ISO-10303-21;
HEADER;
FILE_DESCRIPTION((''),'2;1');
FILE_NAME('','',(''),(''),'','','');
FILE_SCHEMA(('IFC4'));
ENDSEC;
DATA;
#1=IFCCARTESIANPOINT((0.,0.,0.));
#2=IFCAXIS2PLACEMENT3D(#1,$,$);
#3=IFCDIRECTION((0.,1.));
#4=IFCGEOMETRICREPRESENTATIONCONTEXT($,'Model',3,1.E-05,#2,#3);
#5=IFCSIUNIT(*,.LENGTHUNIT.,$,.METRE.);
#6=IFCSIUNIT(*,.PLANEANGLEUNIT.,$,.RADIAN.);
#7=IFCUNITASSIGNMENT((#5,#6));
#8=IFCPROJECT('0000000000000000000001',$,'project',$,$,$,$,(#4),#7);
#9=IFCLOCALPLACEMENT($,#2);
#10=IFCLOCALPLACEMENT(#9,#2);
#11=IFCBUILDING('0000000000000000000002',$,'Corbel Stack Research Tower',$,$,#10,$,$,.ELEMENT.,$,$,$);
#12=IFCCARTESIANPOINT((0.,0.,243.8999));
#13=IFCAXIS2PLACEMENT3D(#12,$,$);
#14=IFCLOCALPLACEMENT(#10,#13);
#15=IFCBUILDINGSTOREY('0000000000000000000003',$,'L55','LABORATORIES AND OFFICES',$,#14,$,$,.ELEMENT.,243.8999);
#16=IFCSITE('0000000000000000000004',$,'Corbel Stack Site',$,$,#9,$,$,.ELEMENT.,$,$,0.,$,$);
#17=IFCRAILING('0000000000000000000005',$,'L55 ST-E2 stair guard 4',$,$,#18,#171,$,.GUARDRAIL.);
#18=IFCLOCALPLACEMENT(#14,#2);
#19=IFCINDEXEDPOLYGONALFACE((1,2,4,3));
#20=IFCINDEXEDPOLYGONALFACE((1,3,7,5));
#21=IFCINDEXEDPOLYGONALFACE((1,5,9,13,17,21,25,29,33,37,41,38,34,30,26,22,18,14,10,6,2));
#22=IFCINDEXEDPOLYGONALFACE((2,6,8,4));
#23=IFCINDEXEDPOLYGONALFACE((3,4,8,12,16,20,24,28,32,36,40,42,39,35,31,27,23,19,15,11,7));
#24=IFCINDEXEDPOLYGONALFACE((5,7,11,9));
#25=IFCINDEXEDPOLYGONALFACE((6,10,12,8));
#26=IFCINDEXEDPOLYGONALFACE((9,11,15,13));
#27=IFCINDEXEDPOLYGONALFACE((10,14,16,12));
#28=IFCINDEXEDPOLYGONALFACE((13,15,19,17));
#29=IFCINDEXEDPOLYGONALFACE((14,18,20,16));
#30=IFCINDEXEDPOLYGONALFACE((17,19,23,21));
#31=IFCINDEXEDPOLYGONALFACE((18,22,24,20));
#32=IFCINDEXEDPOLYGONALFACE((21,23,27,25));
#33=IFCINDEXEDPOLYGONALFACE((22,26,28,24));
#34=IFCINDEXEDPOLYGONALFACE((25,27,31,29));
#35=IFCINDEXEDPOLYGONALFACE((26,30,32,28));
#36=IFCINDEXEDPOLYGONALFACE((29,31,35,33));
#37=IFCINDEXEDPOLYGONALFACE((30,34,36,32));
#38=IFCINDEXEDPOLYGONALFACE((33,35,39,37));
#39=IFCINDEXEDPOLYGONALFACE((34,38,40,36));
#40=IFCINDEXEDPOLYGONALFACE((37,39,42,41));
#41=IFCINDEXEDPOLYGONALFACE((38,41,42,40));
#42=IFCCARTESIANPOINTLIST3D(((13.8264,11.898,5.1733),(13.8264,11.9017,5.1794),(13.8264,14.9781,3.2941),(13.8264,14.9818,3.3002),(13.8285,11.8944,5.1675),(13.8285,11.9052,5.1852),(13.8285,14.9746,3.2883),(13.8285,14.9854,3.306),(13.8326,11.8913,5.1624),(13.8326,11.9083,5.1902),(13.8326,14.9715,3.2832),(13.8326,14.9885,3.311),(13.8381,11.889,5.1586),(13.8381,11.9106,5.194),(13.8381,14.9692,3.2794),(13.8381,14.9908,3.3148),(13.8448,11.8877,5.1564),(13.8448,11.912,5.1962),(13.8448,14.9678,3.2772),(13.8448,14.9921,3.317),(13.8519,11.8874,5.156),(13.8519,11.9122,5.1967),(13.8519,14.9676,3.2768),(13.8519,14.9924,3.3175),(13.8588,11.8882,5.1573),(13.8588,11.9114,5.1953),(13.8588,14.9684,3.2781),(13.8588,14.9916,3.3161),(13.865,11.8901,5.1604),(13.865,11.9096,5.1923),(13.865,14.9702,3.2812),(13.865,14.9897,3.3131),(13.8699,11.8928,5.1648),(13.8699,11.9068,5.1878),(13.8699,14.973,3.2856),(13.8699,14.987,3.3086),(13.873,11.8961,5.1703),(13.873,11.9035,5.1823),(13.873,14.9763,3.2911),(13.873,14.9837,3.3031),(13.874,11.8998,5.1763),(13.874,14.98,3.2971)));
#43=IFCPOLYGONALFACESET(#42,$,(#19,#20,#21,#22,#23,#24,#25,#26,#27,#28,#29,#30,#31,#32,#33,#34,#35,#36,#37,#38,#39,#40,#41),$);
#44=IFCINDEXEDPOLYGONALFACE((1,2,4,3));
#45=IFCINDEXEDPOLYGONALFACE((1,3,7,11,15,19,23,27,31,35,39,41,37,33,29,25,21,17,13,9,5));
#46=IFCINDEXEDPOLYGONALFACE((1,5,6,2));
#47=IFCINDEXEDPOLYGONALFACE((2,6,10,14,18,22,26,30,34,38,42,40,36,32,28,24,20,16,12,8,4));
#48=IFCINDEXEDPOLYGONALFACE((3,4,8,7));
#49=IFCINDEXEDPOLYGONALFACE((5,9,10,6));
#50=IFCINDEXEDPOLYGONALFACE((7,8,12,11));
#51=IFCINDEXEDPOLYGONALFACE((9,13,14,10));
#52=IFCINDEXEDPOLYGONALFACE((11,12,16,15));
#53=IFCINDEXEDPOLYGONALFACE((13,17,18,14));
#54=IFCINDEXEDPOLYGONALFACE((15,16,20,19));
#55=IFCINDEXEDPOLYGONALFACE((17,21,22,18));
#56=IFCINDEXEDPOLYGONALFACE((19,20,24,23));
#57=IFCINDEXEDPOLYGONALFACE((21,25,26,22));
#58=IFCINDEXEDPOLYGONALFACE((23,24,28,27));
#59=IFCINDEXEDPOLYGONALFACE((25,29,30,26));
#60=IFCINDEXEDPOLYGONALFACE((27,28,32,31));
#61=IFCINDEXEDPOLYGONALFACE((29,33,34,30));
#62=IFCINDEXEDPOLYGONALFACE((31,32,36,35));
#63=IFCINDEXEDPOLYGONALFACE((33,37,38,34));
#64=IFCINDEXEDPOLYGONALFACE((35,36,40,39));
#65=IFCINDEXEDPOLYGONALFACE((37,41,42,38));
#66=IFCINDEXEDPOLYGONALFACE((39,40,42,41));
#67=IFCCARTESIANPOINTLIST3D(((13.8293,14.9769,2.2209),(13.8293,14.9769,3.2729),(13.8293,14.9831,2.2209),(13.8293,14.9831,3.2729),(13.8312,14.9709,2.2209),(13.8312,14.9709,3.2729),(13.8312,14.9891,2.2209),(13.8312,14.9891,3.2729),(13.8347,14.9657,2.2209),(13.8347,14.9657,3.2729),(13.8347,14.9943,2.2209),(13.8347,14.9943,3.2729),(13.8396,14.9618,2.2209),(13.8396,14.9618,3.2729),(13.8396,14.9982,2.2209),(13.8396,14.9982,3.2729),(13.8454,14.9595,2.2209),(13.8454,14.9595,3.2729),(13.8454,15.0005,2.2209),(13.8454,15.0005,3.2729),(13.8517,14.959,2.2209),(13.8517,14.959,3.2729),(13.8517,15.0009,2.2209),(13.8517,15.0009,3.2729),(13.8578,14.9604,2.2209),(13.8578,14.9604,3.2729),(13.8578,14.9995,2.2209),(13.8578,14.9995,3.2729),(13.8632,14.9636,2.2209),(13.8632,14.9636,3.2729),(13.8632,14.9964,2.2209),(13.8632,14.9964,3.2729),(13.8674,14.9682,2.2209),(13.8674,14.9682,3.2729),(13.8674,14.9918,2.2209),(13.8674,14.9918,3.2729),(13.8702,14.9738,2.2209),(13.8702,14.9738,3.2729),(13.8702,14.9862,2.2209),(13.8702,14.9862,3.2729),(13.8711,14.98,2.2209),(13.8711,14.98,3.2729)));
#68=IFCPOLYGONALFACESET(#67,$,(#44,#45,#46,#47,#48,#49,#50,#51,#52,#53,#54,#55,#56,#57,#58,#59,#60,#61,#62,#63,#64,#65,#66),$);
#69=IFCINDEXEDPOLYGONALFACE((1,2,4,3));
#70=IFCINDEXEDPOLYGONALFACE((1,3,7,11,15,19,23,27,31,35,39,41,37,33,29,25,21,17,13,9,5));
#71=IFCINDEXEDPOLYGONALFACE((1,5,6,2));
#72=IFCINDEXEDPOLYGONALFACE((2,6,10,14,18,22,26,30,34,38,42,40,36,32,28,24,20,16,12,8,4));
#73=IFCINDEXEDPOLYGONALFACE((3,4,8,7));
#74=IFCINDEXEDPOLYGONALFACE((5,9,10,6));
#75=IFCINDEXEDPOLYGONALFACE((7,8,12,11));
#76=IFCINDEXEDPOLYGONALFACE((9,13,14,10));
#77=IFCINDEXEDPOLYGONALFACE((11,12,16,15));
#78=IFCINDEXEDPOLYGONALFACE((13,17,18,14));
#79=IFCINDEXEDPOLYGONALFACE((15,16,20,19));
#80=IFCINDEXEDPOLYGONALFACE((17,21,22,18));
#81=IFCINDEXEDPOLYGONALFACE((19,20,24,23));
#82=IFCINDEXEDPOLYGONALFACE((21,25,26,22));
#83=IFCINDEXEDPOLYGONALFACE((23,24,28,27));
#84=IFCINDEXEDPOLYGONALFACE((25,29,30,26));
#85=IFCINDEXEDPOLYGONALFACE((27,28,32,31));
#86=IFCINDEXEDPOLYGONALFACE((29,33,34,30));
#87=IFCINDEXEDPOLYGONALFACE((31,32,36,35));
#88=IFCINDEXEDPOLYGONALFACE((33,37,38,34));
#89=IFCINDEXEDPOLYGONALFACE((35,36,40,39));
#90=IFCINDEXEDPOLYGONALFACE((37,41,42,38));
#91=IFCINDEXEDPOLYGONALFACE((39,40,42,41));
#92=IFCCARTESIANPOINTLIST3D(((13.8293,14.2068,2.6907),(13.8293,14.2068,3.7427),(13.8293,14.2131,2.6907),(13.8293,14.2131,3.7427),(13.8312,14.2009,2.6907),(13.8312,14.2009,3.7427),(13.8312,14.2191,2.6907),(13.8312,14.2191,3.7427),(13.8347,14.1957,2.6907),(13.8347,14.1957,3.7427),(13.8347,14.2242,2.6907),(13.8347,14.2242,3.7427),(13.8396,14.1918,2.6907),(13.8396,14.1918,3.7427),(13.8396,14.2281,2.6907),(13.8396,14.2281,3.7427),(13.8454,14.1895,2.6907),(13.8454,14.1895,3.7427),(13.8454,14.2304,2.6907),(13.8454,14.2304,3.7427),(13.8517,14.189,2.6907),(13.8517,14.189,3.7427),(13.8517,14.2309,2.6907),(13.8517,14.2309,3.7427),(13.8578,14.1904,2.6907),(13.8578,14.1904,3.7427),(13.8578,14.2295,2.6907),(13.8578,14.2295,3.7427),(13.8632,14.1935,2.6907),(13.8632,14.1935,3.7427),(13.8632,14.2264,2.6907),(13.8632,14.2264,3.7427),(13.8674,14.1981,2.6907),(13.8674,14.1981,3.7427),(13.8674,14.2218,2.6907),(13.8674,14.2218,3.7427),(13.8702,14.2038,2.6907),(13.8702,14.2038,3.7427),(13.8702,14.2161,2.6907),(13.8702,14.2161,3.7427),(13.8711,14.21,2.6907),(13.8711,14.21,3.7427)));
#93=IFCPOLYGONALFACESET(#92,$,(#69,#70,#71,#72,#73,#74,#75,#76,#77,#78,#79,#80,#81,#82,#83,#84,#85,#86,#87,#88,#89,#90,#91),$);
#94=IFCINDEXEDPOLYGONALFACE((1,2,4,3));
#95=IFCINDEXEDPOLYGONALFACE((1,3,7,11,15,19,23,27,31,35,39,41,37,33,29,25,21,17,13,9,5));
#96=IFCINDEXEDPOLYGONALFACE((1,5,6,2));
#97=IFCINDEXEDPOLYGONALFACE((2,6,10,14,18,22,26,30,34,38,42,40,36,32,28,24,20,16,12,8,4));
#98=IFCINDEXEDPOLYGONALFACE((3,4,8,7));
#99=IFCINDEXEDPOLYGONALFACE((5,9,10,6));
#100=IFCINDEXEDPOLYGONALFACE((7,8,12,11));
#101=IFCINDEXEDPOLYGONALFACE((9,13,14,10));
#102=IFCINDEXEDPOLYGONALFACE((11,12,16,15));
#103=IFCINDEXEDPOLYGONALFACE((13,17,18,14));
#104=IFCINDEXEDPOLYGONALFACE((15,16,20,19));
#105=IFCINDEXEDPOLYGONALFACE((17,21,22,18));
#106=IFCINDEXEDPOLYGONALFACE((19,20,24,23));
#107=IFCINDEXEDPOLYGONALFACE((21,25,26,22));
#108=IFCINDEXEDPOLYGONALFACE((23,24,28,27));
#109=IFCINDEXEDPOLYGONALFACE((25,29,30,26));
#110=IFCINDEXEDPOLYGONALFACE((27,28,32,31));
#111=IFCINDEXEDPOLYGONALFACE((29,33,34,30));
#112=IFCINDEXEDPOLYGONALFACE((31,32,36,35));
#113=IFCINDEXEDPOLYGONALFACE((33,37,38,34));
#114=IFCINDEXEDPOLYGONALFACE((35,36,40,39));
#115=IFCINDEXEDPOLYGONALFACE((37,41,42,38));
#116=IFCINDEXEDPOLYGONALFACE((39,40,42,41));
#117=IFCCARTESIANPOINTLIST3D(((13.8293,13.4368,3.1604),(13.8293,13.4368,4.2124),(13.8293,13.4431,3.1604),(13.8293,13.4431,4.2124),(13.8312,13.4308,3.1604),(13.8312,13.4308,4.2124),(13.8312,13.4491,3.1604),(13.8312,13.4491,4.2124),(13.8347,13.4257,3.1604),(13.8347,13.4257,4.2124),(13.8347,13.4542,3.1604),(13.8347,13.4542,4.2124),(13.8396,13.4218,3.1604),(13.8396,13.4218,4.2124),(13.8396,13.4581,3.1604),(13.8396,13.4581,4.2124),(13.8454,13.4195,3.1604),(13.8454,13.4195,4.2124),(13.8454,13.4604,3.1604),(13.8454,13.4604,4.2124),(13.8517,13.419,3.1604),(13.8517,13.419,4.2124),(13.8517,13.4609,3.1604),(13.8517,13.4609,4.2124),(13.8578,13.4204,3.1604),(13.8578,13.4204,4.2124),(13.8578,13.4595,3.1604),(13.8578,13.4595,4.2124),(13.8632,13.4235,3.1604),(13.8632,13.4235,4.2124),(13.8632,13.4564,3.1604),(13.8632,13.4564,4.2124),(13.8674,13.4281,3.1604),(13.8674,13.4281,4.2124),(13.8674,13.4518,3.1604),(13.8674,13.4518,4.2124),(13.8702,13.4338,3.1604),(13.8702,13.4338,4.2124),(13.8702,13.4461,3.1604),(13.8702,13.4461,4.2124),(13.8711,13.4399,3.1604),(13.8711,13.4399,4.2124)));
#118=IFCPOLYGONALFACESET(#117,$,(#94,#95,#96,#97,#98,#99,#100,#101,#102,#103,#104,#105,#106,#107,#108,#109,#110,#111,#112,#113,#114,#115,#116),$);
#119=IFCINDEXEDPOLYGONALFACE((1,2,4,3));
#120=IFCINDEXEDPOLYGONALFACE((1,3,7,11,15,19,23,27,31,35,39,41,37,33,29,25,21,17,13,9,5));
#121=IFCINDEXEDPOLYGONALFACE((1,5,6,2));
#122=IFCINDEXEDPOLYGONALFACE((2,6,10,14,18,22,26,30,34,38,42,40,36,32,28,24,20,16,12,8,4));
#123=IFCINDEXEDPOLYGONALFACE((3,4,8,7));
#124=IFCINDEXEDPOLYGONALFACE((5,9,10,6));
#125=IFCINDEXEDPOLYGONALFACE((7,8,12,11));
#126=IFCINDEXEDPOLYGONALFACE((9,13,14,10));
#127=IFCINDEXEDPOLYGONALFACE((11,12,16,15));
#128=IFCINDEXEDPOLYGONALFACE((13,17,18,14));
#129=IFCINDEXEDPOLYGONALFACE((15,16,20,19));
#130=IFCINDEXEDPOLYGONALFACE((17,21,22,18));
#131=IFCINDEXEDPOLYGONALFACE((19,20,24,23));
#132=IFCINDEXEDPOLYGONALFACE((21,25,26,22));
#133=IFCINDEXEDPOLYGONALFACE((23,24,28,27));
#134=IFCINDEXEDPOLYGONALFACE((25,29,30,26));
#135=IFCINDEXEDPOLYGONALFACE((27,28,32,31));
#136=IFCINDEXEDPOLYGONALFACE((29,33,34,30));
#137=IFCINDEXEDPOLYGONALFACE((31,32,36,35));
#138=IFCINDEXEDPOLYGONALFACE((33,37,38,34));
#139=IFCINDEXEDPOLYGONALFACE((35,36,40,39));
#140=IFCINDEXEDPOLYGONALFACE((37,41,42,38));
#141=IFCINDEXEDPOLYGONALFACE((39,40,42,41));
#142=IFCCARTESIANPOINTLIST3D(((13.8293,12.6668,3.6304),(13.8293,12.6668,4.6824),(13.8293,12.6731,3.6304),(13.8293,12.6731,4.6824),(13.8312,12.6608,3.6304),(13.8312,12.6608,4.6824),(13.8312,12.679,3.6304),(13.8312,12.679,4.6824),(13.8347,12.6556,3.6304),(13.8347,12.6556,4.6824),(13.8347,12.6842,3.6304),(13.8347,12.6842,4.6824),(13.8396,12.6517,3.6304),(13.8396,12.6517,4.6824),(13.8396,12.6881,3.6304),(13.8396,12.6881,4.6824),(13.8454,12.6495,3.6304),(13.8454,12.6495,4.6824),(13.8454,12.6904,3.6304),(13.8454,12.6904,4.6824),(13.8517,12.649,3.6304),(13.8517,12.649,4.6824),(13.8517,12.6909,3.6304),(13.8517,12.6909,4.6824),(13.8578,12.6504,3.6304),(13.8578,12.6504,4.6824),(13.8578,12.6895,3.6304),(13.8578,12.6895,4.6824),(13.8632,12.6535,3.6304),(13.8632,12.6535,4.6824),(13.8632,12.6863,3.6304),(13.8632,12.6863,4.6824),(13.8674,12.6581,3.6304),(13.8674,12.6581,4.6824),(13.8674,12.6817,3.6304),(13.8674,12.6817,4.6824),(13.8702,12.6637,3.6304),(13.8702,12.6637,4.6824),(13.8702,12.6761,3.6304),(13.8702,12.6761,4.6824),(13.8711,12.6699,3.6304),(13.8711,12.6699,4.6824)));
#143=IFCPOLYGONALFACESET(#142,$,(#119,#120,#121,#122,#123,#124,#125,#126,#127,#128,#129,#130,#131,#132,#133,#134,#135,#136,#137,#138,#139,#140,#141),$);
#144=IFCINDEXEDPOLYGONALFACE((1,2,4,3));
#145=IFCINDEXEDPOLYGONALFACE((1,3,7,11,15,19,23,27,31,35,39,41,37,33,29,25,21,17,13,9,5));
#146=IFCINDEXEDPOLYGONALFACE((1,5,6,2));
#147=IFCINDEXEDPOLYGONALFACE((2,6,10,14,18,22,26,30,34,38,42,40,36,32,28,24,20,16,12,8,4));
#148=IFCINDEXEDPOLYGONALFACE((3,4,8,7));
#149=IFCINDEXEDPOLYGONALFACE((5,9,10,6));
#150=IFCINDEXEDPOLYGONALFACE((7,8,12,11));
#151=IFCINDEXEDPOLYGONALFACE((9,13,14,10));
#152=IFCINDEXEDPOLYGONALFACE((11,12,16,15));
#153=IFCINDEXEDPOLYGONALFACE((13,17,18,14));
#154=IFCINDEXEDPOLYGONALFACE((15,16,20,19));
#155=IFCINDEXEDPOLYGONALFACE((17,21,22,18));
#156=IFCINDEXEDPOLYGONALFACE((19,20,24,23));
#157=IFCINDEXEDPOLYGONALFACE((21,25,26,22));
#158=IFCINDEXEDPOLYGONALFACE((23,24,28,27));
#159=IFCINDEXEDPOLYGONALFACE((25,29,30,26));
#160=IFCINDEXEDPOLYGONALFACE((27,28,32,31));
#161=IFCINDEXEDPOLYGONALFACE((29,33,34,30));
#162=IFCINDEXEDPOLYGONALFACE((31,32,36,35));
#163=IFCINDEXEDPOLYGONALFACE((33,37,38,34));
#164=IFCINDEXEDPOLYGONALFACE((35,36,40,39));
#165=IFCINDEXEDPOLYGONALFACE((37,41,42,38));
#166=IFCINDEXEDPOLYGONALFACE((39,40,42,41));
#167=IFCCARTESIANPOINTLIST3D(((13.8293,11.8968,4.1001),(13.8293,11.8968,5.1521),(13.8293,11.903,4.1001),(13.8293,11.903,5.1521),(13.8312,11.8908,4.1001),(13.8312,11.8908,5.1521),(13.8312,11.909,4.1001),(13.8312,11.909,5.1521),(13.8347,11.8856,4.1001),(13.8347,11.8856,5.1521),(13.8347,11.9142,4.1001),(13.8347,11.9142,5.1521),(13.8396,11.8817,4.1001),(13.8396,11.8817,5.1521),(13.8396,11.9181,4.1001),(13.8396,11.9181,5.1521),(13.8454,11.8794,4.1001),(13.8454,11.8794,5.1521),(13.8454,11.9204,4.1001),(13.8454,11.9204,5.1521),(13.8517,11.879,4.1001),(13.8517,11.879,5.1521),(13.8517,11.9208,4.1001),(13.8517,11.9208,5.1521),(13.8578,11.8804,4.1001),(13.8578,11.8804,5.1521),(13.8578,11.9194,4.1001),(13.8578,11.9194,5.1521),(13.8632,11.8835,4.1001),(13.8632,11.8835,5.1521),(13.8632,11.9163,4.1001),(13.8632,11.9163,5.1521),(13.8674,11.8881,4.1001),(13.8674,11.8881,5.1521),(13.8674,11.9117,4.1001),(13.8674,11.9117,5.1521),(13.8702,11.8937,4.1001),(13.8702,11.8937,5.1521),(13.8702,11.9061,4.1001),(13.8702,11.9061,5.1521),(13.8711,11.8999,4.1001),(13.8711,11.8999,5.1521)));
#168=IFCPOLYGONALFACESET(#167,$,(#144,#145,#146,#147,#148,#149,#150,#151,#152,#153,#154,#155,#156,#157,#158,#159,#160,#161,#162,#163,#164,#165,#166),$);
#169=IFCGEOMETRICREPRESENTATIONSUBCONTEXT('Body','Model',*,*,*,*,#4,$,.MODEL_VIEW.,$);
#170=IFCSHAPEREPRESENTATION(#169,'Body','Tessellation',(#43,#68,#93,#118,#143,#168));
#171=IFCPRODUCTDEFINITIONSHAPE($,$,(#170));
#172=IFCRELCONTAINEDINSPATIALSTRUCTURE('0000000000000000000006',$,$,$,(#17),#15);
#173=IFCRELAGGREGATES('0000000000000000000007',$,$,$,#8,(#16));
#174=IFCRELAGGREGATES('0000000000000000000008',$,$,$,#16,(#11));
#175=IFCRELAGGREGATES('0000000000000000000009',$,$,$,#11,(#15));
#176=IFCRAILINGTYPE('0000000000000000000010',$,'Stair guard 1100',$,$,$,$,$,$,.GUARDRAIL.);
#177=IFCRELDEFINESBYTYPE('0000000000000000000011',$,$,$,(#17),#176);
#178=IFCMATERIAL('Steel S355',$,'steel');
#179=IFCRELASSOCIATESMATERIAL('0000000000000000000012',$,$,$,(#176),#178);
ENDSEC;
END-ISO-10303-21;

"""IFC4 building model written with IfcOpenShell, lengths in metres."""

from ifc_helpers import new_model, si_unit, direction, frame, origin, origin_2d, place, context, subcontext, project, spatial, circle, extrude, material, type_object, element, save


model = new_model("IFC4")

# Units and contexts
model_context = context("Model", 3, precision=1e-05, world=origin(), true_north=direction((0.0, 1.0)))
body_context = subcontext(model_context, "Body", "Model", "MODEL_VIEW")
ifc_project = project(units=[si_unit("LENGTHUNIT", "METRE"), si_unit("PLANEANGLEUNIT", "RADIAN")], contexts=[model_context])

# Site, building, storey
site_placement = place(None, origin())
site = spatial("IfcSite", under=ifc_project, at=site_placement, Name="Corbel Stack Site", CompositionType="ELEMENT", RefElevation=0.0)
building_placement = place(site_placement, origin())
building = spatial("IfcBuilding", under=site, at=building_placement, Name="Corbel Stack Research Tower", CompositionType="ELEMENT")
storey_placement = place(building_placement, frame((0.0, 0.0, 243.8999)))
storey = spatial("IfcBuildingStorey", under=building, at=storey_placement, Name="L55", Description="LABORATORIES AND OFFICES", CompositionType="ELEMENT", Elevation=243.8999)

# Railing
ifc_material_1 = material(Name="Steel S355", Category="steel")
railing_type_1 = type_object("IfcRailingType", Name="Stair guard 1100", PredefinedType="GUARDRAIL", material=ifc_material_1)
railing_1_placement = place(storey_placement, frame((13.8501, 14.98, 2.2209)))
element("IfcRailing", 1, at=railing_1_placement, inside=storey, type_object=railing_type_1, Name="L55 ST-E2 stair guard 4", PredefinedType="GUARDRAIL", context=body_context, shape_type="SweptSolid", body=[
    extrude(circle(Radius=0.0239, at=origin_2d()), frame((0.0, 0.0, 1.0762), z_axis=(0.0, -0.853666, 0.52082), x_axis=(1.0, 0.0, 0.0)), (0.0, 0.0, 1.0), 3.6082),
    extrude(circle(Radius=0.021, at=origin_2d()), origin(), (0.0, 0.0, 1.0), 1.052),
    extrude(circle(Radius=0.021, at=origin_2d()), frame((0.0, -0.77, 0.4697)), (0.0, 0.0, 1.0), 1.052),
    extrude(circle(Radius=0.021, at=origin_2d()), frame((0.0, -1.54, 0.9395)), (0.0, 0.0, 1.0), 1.052),
    extrude(circle(Radius=0.021, at=origin_2d()), frame((0.0, -2.3101, 1.4094)), (0.0, 0.0, 1.0), 1.052),
    extrude(circle(Radius=0.021, at=origin_2d()), frame((0.0, -3.0801, 1.8792)), (0.0, 0.0, 1.0), 1.052),
])

save(model, "model.ifc")
